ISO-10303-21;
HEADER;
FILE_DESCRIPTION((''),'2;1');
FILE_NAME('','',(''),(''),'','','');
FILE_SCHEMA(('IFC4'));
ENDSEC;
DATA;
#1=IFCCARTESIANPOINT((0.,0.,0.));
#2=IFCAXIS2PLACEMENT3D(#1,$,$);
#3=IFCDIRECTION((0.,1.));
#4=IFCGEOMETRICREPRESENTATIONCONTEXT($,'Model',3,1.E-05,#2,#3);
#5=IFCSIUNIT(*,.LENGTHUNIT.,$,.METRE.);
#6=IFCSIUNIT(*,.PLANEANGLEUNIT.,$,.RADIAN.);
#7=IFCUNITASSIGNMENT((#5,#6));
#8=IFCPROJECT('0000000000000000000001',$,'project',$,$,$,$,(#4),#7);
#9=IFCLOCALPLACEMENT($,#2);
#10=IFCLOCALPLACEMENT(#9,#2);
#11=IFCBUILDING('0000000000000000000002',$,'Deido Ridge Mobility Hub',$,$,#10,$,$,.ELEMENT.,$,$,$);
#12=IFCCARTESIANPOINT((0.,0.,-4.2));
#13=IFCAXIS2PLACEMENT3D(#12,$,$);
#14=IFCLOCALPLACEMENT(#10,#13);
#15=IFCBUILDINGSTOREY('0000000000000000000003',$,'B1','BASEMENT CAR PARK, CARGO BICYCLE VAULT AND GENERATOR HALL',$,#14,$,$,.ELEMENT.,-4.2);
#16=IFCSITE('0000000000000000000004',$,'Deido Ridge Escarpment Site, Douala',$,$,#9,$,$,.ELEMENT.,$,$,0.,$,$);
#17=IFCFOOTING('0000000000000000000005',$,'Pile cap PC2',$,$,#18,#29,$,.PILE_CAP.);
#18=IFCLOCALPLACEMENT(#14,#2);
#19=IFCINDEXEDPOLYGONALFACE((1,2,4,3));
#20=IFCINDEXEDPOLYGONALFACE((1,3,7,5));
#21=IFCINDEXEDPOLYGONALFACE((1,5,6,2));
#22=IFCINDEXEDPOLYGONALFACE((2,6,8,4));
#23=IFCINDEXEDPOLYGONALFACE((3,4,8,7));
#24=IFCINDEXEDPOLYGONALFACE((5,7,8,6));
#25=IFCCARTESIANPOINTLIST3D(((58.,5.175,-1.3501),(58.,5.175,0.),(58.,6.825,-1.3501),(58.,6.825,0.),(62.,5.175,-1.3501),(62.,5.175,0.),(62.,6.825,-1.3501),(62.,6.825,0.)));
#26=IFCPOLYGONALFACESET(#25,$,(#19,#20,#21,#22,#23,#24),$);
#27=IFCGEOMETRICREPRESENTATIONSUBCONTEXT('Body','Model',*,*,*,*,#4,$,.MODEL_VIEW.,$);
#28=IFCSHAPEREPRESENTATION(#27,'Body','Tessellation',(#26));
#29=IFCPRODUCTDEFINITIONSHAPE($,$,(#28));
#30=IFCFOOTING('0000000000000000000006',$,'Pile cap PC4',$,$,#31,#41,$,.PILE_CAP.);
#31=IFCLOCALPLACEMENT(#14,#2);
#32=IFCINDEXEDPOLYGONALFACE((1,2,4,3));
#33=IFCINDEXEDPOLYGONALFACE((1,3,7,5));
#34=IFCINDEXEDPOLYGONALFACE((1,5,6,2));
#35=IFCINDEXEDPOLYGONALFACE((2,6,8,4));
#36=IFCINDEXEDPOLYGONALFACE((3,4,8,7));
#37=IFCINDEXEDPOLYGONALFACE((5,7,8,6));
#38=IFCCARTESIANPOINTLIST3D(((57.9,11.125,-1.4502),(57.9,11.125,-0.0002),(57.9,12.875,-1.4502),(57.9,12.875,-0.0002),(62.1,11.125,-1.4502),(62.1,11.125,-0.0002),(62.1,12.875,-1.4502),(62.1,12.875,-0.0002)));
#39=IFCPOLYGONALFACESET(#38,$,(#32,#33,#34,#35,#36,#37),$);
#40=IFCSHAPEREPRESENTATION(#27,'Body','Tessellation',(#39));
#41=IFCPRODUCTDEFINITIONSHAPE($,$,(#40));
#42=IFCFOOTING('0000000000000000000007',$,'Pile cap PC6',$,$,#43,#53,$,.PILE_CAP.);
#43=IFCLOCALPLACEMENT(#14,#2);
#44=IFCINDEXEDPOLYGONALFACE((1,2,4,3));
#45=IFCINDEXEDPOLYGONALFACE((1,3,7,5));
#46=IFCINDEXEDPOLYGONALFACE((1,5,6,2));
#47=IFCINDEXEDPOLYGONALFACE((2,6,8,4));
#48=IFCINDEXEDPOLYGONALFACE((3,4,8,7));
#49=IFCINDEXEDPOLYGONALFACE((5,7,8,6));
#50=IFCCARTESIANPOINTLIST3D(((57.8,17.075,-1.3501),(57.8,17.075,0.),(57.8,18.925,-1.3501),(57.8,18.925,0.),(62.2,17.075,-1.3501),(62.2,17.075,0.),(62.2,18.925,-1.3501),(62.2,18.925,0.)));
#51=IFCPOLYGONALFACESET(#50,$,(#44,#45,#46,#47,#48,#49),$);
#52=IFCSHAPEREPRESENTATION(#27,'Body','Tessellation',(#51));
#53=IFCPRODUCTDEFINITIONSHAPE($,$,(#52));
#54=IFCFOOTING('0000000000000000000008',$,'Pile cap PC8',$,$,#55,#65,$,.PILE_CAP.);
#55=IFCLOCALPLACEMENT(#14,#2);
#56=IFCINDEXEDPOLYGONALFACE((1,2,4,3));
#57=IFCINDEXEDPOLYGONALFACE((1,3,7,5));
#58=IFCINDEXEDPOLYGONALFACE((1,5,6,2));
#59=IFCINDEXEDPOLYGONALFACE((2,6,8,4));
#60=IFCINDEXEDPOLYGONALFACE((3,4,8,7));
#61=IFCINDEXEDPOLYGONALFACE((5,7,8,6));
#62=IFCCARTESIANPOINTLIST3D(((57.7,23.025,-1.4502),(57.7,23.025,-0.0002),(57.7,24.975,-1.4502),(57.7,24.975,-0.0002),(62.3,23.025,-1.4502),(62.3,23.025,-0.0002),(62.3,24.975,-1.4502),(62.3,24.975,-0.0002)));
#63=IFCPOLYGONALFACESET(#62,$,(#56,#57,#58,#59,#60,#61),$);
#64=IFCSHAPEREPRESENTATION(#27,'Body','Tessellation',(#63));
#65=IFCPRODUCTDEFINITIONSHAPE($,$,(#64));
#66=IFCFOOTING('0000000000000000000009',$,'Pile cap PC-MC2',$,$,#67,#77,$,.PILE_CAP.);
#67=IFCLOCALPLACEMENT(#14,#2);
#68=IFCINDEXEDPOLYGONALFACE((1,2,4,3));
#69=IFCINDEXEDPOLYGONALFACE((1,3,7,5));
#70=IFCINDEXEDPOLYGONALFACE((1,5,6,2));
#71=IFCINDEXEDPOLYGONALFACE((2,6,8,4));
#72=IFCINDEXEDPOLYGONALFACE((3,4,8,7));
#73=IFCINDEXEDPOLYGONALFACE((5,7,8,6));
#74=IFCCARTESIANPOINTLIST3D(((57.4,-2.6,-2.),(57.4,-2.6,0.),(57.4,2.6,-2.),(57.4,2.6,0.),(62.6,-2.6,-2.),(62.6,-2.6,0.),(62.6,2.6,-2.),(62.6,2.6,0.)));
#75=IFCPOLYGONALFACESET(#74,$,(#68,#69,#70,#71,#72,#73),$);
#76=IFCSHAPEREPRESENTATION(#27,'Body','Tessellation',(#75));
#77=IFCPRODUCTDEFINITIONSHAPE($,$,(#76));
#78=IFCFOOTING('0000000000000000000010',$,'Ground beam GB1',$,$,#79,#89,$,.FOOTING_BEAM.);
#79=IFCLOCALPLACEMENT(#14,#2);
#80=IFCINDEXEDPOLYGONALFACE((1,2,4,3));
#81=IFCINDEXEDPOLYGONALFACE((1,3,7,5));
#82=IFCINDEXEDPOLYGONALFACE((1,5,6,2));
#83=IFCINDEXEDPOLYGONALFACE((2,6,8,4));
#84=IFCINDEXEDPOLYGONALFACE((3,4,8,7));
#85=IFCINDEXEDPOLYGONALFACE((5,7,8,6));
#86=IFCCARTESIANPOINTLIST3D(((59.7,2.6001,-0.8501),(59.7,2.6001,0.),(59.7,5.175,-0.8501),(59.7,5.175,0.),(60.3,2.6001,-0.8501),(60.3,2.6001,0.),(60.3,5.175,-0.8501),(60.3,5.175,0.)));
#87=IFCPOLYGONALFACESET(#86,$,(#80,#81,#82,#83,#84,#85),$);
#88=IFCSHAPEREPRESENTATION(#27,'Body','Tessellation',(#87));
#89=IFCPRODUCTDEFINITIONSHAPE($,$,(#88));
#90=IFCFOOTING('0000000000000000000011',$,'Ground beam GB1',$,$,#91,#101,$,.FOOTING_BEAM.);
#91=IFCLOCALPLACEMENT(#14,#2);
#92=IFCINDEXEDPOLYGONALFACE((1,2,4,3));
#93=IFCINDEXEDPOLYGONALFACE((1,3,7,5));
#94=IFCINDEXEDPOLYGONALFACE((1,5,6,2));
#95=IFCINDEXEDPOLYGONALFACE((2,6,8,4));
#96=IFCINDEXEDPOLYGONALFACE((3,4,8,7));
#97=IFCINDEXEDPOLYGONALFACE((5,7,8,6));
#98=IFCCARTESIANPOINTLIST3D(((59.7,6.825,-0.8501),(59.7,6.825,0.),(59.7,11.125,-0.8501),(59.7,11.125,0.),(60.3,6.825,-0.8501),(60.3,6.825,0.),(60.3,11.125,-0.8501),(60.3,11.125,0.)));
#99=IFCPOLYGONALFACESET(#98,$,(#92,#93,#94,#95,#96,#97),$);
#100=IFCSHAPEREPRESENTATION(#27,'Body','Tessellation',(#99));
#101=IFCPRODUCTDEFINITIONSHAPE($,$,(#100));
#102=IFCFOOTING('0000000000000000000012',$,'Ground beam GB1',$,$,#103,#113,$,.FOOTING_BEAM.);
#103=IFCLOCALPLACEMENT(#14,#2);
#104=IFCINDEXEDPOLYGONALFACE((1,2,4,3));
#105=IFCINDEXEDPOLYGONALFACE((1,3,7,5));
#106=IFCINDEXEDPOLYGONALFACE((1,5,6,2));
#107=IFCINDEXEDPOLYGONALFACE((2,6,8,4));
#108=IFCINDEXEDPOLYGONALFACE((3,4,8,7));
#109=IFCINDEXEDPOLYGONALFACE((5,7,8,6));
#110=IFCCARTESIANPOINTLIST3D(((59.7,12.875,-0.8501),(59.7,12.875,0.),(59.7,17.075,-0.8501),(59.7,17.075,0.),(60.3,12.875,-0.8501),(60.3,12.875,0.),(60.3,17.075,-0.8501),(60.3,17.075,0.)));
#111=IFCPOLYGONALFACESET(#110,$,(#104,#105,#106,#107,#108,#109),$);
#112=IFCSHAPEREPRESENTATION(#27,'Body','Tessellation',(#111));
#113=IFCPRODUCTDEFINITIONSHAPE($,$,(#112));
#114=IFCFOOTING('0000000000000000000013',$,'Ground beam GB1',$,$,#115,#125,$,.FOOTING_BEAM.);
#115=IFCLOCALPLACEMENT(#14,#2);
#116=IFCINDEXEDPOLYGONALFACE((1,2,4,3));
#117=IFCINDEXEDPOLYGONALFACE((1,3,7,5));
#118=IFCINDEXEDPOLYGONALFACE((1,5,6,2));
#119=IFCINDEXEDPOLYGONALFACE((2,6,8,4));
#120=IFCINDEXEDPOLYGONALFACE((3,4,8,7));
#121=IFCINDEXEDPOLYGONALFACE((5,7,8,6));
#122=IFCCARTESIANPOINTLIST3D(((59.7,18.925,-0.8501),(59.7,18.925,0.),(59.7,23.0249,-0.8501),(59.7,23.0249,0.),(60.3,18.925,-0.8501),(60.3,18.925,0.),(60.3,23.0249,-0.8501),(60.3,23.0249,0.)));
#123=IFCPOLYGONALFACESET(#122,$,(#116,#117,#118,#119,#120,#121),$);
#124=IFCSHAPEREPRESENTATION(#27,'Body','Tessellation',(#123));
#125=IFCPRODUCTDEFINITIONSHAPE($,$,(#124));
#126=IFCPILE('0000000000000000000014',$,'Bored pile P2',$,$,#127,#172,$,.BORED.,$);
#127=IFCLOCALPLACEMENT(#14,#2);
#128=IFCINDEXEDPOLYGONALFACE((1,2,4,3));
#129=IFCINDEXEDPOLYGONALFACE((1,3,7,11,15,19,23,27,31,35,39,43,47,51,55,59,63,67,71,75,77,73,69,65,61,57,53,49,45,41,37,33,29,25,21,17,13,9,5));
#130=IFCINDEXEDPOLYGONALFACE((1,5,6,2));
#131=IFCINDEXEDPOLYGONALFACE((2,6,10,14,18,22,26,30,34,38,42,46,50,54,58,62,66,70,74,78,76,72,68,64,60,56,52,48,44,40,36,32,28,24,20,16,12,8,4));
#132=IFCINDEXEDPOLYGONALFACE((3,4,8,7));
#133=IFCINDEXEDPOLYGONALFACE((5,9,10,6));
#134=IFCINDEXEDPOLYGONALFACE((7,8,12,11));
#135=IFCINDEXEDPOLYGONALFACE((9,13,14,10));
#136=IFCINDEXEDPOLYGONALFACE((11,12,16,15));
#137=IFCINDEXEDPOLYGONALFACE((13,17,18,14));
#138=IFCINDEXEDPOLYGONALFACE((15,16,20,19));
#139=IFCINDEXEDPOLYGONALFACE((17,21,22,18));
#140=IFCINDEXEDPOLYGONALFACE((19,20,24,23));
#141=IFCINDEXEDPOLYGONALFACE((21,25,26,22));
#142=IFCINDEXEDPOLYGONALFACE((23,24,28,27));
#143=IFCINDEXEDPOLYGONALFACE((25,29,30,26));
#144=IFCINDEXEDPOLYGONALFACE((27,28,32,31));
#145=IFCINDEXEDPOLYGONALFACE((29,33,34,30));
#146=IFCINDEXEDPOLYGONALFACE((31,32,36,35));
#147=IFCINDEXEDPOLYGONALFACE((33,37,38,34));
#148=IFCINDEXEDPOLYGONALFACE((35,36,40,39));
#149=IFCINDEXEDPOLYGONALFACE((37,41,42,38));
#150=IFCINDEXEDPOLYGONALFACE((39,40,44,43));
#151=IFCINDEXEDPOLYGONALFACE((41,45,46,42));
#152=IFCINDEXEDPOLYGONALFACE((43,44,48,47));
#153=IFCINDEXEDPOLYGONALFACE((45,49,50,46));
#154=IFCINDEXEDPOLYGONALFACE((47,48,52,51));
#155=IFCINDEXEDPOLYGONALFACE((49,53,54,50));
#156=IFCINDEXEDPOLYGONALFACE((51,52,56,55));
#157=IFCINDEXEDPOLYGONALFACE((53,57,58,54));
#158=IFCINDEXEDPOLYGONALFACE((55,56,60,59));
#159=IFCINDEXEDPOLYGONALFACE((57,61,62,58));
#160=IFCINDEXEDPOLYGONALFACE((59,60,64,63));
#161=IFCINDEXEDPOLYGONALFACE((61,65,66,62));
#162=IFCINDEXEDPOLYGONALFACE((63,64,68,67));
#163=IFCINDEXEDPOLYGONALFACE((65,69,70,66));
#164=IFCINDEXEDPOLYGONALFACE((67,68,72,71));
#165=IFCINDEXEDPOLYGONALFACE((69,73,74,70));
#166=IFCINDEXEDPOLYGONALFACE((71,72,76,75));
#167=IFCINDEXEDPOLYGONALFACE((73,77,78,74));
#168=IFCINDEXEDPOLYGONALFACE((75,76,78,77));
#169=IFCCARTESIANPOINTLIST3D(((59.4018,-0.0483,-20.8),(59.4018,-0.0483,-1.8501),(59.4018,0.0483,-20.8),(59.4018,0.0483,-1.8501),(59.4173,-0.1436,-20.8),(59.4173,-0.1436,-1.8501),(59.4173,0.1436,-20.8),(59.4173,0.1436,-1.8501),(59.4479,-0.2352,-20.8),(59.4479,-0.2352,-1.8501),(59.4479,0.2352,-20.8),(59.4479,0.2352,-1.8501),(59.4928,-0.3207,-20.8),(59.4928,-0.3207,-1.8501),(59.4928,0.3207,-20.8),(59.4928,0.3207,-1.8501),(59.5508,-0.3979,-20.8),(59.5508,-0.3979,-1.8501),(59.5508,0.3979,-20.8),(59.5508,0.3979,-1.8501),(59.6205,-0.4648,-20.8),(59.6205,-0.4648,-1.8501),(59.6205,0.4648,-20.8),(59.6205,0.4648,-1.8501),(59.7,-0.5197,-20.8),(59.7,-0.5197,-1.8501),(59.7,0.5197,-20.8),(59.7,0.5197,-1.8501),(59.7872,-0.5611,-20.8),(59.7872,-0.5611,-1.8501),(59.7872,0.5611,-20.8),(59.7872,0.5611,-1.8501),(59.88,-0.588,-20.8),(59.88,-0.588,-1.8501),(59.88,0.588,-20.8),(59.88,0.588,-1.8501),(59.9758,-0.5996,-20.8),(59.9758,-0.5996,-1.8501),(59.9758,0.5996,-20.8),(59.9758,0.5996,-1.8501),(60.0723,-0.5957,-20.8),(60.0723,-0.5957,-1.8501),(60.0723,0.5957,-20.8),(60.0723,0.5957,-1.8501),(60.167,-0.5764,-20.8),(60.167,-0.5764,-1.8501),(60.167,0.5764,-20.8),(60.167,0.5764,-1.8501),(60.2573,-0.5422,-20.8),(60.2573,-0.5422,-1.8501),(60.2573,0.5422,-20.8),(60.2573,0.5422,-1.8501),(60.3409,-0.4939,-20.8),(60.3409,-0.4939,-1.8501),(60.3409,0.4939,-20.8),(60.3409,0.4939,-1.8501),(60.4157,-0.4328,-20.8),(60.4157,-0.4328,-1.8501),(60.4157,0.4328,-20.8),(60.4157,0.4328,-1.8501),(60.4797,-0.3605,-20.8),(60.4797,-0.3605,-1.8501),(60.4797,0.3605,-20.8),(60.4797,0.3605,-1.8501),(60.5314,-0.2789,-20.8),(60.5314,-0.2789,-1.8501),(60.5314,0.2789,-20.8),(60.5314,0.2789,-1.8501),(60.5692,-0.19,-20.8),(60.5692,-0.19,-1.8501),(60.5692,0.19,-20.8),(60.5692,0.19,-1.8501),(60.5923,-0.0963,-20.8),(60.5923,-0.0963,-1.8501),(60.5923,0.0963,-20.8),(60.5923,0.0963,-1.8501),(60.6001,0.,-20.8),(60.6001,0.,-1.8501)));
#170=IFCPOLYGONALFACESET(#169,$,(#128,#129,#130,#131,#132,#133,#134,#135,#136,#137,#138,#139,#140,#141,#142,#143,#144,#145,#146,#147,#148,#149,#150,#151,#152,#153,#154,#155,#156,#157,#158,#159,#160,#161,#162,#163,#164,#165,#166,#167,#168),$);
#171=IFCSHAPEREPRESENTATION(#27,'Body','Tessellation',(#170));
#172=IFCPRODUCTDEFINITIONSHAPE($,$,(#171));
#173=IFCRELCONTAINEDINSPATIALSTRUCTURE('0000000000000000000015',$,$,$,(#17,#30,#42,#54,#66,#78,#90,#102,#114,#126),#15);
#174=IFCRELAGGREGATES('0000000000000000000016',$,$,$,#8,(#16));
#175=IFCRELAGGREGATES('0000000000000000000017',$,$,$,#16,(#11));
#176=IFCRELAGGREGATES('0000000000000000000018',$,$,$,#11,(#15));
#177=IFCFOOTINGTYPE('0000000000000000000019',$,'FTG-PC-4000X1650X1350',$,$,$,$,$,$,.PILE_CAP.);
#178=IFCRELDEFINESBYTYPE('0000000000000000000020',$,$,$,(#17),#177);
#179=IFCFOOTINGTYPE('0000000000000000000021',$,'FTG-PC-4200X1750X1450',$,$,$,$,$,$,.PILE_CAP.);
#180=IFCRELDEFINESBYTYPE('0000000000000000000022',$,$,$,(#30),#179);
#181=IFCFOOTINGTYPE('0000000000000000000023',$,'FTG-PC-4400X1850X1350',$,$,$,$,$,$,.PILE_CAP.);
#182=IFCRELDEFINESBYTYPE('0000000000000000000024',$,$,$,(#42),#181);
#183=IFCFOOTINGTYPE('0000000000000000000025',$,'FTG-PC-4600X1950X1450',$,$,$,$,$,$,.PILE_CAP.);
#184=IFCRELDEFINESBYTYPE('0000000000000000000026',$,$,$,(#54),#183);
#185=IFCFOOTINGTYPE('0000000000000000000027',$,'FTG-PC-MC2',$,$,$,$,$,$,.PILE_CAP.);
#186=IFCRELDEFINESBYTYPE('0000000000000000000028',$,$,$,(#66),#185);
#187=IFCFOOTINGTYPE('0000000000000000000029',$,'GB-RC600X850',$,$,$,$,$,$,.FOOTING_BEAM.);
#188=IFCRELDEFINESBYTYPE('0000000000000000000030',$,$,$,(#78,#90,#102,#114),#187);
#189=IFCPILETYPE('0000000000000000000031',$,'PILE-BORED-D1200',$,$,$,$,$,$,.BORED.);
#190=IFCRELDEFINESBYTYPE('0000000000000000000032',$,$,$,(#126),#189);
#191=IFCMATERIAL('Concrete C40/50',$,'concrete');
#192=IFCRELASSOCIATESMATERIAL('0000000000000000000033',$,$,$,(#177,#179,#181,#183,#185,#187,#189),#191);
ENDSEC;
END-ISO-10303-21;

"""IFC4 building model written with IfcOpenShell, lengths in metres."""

from ifc_helpers import new_model, si_unit, direction, frame, origin, origin_2d, place, context, subcontext, project, spatial, rectangle, circle, extrude, material, material_profile, profile_set, type_object, element, save


model = new_model("IFC4")

# Units and contexts
model_context = context("Model", 3, precision=1e-05, world=origin(), true_north=direction((0.0, 1.0)))
body_context = subcontext(model_context, "Body", "Model", "MODEL_VIEW")
ifc_project = project(units=[si_unit("LENGTHUNIT", "METRE"), si_unit("PLANEANGLEUNIT", "RADIAN")], contexts=[model_context])

# Site, building, storey
site_placement = place(None, origin())
site = spatial("IfcSite", under=ifc_project, at=site_placement, Name="Deido Ridge Escarpment Site, Douala", CompositionType="ELEMENT", RefElevation=0.0)
building_placement = place(site_placement, origin())
building = spatial("IfcBuilding", under=site, at=building_placement, Name="Deido Ridge Mobility Hub", CompositionType="ELEMENT")
storey_placement = place(building_placement, frame((0.0, 0.0, -4.2)))
storey = spatial("IfcBuildingStorey", under=building, at=storey_placement, Name="B1", Description="BASEMENT CAR PARK, CARGO BICYCLE VAULT AND GENERATOR HALL", CompositionType="ELEMENT", Elevation=-4.2)

# Footings
ifc_material_1 = material(Name="Concrete C40/50", Category="concrete")
footing_type_1 = type_object("IfcFootingType", Name="FTG-PC-4000X1650X1350", PredefinedType="PILE_CAP", material=ifc_material_1)
footing_1_placement = place(storey_placement, frame((60.0, 6.0, -1.3501), z_axis=(0.0, 0.0, 1.0), x_axis=(1.0, 0.0, 0.0)))
element("IfcFooting", 1, at=footing_1_placement, inside=storey, type_object=footing_type_1, Name="Pile cap PC2", PredefinedType="PILE_CAP", context=body_context, shape_type="SweptSolid", body=[
    extrude(rectangle(XDim=4.0, YDim=1.6499, at=origin_2d()), origin(), (0.0, 0.0, 1.0), 1.3501),
])
footing_type_2 = type_object("IfcFootingType", Name="FTG-PC-4200X1750X1450", PredefinedType="PILE_CAP", material=ifc_material_1)
footing_2_placement = place(storey_placement, frame((60.0, 12.0, -1.4502), z_axis=(0.0, 0.0, 1.0), x_axis=(1.0, 0.0, 0.0)))
element("IfcFooting", 2, at=footing_2_placement, inside=storey, type_object=footing_type_2, Name="Pile cap PC4", PredefinedType="PILE_CAP", context=body_context, shape_type="SweptSolid", body=[
    extrude(rectangle(XDim=4.2, YDim=1.75, at=origin_2d()), origin(), (0.0, 0.0, 1.0), 1.45),
])
footing_type_3 = type_object("IfcFootingType", Name="FTG-PC-4400X1850X1350", PredefinedType="PILE_CAP", material=ifc_material_1)
footing_3_placement = place(storey_placement, frame((60.0, 18.0, -1.3501), z_axis=(0.0, 0.0, 1.0), x_axis=(1.0, 0.0, 0.0)))
element("IfcFooting", 3, at=footing_3_placement, inside=storey, type_object=footing_type_3, Name="Pile cap PC6", PredefinedType="PILE_CAP", context=body_context, shape_type="SweptSolid", body=[
    extrude(rectangle(XDim=4.3999, YDim=1.8501, at=origin_2d()), origin(), (0.0, 0.0, 1.0), 1.3501),
])
footing_type_4 = type_object("IfcFootingType", Name="FTG-PC-4600X1950X1450", PredefinedType="PILE_CAP", material=ifc_material_1)
footing_4_placement = place(storey_placement, frame((60.0, 24.0, -1.4502), z_axis=(0.0, 0.0, 1.0), x_axis=(1.0, 0.0, 0.0)))
element("IfcFooting", 4, at=footing_4_placement, inside=storey, type_object=footing_type_4, Name="Pile cap PC8", PredefinedType="PILE_CAP", context=body_context, shape_type="SweptSolid", body=[
    extrude(rectangle(XDim=4.6001, YDim=1.95, at=origin_2d()), origin(), (0.0, 0.0, 1.0), 1.45),
])
footing_type_5 = type_object("IfcFootingType", Name="FTG-PC-MC2", PredefinedType="PILE_CAP", material=ifc_material_1)
footing_5_placement = place(storey_placement, frame((60.0, 0.0, -2.0), z_axis=(0.0, 0.0, 1.0), x_axis=(1.0, 0.0, 0.0)))
element("IfcFooting", 5, at=footing_5_placement, inside=storey, type_object=footing_type_5, Name="Pile cap PC-MC2", PredefinedType="PILE_CAP", context=body_context, shape_type="SweptSolid", body=[
    extrude(rectangle(XDim=5.2, YDim=5.2, at=origin_2d()), origin(), (0.0, 0.0, 1.0), 2.0),
])
ifc_material_profile_1 = material_profile(ifc_material_1, rectangle(XDim=0.6001, YDim=0.8501, at=origin_2d()), Name="RC GB 600x850")
ifc_profile_set_1 = profile_set([ifc_material_profile_1], Name="Concrete C40/50")
footing_type_6 = type_object("IfcFootingType", Name="GB-RC600X850", PredefinedType="FOOTING_BEAM", material=ifc_profile_set_1)
footing_6_placement = place(storey_placement, frame((60.0, 2.6001, -0.425), z_axis=(0.0, 1.0, 0.0), x_axis=(-1.0, 0.0, 0.0)))
element("IfcFooting", 6, at=footing_6_placement, inside=storey, type_object=footing_type_6, Name="Ground beam GB1", PredefinedType="FOOTING_BEAM", context=body_context, shape_type="SweptSolid", body=[
    extrude(rectangle(XDim=0.6001, YDim=0.8501, at=origin_2d()), origin(), (0.0, 0.0, 1.0), 2.575),
])
footing_7_placement = place(storey_placement, frame((60.0, 6.825, -0.425), z_axis=(0.0, 1.0, 0.0), x_axis=(-1.0, 0.0, 0.0)))
element("IfcFooting", 7, at=footing_7_placement, inside=storey, type_object=footing_type_6, Name="Ground beam GB1", PredefinedType="FOOTING_BEAM", context=body_context, shape_type="SweptSolid", body=[
    extrude(rectangle(XDim=0.6001, YDim=0.8501, at=origin_2d()), origin(), (0.0, 0.0, 1.0), 4.3),
])
footing_8_placement = place(storey_placement, frame((60.0, 12.875, -0.425), z_axis=(0.0, 1.0, 0.0), x_axis=(-1.0, 0.0, 0.0)))
element("IfcFooting", 8, at=footing_8_placement, inside=storey, type_object=footing_type_6, Name="Ground beam GB1", PredefinedType="FOOTING_BEAM", context=body_context, shape_type="SweptSolid", body=[
    extrude(rectangle(XDim=0.6001, YDim=0.8501, at=origin_2d()), origin(), (0.0, 0.0, 1.0), 4.2),
])
footing_9_placement = place(storey_placement, frame((60.0, 18.925, -0.425), z_axis=(0.0, 1.0, 0.0), x_axis=(-1.0, 0.0, 0.0)))
element("IfcFooting", 9, at=footing_9_placement, inside=storey, type_object=footing_type_6, Name="Ground beam GB1", PredefinedType="FOOTING_BEAM", context=body_context, shape_type="SweptSolid", body=[
    extrude(rectangle(XDim=0.6001, YDim=0.8501, at=origin_2d()), origin(), (0.0, 0.0, 1.0), 4.0999),
])

# Pile
ifc_material_profile_2 = material_profile(ifc_material_1, circle(Radius=0.6001, at=origin_2d()), Name="BORED PILE D1200")
ifc_profile_set_2 = profile_set([ifc_material_profile_2], Name="Concrete C40/50")
pile_type_1 = type_object("IfcPileType", Name="PILE-BORED-D1200", PredefinedType="BORED", material=ifc_profile_set_2)
pile_1_placement = place(storey_placement, frame((60.0, 0.0, -1.8501), z_axis=(0.0, 0.0, -1.0), x_axis=(1.0, 0.0, 0.0)))
element("IfcPile", 10, at=pile_1_placement, inside=storey, type_object=pile_type_1, Name="Bored pile P2", PredefinedType="BORED", context=body_context, shape_type="SweptSolid", body=[
    extrude(circle(Radius=0.6001, at=origin_2d()), origin(), (0.0, 0.0, 1.0), 18.95),
])

save(model, "model.ifc")
